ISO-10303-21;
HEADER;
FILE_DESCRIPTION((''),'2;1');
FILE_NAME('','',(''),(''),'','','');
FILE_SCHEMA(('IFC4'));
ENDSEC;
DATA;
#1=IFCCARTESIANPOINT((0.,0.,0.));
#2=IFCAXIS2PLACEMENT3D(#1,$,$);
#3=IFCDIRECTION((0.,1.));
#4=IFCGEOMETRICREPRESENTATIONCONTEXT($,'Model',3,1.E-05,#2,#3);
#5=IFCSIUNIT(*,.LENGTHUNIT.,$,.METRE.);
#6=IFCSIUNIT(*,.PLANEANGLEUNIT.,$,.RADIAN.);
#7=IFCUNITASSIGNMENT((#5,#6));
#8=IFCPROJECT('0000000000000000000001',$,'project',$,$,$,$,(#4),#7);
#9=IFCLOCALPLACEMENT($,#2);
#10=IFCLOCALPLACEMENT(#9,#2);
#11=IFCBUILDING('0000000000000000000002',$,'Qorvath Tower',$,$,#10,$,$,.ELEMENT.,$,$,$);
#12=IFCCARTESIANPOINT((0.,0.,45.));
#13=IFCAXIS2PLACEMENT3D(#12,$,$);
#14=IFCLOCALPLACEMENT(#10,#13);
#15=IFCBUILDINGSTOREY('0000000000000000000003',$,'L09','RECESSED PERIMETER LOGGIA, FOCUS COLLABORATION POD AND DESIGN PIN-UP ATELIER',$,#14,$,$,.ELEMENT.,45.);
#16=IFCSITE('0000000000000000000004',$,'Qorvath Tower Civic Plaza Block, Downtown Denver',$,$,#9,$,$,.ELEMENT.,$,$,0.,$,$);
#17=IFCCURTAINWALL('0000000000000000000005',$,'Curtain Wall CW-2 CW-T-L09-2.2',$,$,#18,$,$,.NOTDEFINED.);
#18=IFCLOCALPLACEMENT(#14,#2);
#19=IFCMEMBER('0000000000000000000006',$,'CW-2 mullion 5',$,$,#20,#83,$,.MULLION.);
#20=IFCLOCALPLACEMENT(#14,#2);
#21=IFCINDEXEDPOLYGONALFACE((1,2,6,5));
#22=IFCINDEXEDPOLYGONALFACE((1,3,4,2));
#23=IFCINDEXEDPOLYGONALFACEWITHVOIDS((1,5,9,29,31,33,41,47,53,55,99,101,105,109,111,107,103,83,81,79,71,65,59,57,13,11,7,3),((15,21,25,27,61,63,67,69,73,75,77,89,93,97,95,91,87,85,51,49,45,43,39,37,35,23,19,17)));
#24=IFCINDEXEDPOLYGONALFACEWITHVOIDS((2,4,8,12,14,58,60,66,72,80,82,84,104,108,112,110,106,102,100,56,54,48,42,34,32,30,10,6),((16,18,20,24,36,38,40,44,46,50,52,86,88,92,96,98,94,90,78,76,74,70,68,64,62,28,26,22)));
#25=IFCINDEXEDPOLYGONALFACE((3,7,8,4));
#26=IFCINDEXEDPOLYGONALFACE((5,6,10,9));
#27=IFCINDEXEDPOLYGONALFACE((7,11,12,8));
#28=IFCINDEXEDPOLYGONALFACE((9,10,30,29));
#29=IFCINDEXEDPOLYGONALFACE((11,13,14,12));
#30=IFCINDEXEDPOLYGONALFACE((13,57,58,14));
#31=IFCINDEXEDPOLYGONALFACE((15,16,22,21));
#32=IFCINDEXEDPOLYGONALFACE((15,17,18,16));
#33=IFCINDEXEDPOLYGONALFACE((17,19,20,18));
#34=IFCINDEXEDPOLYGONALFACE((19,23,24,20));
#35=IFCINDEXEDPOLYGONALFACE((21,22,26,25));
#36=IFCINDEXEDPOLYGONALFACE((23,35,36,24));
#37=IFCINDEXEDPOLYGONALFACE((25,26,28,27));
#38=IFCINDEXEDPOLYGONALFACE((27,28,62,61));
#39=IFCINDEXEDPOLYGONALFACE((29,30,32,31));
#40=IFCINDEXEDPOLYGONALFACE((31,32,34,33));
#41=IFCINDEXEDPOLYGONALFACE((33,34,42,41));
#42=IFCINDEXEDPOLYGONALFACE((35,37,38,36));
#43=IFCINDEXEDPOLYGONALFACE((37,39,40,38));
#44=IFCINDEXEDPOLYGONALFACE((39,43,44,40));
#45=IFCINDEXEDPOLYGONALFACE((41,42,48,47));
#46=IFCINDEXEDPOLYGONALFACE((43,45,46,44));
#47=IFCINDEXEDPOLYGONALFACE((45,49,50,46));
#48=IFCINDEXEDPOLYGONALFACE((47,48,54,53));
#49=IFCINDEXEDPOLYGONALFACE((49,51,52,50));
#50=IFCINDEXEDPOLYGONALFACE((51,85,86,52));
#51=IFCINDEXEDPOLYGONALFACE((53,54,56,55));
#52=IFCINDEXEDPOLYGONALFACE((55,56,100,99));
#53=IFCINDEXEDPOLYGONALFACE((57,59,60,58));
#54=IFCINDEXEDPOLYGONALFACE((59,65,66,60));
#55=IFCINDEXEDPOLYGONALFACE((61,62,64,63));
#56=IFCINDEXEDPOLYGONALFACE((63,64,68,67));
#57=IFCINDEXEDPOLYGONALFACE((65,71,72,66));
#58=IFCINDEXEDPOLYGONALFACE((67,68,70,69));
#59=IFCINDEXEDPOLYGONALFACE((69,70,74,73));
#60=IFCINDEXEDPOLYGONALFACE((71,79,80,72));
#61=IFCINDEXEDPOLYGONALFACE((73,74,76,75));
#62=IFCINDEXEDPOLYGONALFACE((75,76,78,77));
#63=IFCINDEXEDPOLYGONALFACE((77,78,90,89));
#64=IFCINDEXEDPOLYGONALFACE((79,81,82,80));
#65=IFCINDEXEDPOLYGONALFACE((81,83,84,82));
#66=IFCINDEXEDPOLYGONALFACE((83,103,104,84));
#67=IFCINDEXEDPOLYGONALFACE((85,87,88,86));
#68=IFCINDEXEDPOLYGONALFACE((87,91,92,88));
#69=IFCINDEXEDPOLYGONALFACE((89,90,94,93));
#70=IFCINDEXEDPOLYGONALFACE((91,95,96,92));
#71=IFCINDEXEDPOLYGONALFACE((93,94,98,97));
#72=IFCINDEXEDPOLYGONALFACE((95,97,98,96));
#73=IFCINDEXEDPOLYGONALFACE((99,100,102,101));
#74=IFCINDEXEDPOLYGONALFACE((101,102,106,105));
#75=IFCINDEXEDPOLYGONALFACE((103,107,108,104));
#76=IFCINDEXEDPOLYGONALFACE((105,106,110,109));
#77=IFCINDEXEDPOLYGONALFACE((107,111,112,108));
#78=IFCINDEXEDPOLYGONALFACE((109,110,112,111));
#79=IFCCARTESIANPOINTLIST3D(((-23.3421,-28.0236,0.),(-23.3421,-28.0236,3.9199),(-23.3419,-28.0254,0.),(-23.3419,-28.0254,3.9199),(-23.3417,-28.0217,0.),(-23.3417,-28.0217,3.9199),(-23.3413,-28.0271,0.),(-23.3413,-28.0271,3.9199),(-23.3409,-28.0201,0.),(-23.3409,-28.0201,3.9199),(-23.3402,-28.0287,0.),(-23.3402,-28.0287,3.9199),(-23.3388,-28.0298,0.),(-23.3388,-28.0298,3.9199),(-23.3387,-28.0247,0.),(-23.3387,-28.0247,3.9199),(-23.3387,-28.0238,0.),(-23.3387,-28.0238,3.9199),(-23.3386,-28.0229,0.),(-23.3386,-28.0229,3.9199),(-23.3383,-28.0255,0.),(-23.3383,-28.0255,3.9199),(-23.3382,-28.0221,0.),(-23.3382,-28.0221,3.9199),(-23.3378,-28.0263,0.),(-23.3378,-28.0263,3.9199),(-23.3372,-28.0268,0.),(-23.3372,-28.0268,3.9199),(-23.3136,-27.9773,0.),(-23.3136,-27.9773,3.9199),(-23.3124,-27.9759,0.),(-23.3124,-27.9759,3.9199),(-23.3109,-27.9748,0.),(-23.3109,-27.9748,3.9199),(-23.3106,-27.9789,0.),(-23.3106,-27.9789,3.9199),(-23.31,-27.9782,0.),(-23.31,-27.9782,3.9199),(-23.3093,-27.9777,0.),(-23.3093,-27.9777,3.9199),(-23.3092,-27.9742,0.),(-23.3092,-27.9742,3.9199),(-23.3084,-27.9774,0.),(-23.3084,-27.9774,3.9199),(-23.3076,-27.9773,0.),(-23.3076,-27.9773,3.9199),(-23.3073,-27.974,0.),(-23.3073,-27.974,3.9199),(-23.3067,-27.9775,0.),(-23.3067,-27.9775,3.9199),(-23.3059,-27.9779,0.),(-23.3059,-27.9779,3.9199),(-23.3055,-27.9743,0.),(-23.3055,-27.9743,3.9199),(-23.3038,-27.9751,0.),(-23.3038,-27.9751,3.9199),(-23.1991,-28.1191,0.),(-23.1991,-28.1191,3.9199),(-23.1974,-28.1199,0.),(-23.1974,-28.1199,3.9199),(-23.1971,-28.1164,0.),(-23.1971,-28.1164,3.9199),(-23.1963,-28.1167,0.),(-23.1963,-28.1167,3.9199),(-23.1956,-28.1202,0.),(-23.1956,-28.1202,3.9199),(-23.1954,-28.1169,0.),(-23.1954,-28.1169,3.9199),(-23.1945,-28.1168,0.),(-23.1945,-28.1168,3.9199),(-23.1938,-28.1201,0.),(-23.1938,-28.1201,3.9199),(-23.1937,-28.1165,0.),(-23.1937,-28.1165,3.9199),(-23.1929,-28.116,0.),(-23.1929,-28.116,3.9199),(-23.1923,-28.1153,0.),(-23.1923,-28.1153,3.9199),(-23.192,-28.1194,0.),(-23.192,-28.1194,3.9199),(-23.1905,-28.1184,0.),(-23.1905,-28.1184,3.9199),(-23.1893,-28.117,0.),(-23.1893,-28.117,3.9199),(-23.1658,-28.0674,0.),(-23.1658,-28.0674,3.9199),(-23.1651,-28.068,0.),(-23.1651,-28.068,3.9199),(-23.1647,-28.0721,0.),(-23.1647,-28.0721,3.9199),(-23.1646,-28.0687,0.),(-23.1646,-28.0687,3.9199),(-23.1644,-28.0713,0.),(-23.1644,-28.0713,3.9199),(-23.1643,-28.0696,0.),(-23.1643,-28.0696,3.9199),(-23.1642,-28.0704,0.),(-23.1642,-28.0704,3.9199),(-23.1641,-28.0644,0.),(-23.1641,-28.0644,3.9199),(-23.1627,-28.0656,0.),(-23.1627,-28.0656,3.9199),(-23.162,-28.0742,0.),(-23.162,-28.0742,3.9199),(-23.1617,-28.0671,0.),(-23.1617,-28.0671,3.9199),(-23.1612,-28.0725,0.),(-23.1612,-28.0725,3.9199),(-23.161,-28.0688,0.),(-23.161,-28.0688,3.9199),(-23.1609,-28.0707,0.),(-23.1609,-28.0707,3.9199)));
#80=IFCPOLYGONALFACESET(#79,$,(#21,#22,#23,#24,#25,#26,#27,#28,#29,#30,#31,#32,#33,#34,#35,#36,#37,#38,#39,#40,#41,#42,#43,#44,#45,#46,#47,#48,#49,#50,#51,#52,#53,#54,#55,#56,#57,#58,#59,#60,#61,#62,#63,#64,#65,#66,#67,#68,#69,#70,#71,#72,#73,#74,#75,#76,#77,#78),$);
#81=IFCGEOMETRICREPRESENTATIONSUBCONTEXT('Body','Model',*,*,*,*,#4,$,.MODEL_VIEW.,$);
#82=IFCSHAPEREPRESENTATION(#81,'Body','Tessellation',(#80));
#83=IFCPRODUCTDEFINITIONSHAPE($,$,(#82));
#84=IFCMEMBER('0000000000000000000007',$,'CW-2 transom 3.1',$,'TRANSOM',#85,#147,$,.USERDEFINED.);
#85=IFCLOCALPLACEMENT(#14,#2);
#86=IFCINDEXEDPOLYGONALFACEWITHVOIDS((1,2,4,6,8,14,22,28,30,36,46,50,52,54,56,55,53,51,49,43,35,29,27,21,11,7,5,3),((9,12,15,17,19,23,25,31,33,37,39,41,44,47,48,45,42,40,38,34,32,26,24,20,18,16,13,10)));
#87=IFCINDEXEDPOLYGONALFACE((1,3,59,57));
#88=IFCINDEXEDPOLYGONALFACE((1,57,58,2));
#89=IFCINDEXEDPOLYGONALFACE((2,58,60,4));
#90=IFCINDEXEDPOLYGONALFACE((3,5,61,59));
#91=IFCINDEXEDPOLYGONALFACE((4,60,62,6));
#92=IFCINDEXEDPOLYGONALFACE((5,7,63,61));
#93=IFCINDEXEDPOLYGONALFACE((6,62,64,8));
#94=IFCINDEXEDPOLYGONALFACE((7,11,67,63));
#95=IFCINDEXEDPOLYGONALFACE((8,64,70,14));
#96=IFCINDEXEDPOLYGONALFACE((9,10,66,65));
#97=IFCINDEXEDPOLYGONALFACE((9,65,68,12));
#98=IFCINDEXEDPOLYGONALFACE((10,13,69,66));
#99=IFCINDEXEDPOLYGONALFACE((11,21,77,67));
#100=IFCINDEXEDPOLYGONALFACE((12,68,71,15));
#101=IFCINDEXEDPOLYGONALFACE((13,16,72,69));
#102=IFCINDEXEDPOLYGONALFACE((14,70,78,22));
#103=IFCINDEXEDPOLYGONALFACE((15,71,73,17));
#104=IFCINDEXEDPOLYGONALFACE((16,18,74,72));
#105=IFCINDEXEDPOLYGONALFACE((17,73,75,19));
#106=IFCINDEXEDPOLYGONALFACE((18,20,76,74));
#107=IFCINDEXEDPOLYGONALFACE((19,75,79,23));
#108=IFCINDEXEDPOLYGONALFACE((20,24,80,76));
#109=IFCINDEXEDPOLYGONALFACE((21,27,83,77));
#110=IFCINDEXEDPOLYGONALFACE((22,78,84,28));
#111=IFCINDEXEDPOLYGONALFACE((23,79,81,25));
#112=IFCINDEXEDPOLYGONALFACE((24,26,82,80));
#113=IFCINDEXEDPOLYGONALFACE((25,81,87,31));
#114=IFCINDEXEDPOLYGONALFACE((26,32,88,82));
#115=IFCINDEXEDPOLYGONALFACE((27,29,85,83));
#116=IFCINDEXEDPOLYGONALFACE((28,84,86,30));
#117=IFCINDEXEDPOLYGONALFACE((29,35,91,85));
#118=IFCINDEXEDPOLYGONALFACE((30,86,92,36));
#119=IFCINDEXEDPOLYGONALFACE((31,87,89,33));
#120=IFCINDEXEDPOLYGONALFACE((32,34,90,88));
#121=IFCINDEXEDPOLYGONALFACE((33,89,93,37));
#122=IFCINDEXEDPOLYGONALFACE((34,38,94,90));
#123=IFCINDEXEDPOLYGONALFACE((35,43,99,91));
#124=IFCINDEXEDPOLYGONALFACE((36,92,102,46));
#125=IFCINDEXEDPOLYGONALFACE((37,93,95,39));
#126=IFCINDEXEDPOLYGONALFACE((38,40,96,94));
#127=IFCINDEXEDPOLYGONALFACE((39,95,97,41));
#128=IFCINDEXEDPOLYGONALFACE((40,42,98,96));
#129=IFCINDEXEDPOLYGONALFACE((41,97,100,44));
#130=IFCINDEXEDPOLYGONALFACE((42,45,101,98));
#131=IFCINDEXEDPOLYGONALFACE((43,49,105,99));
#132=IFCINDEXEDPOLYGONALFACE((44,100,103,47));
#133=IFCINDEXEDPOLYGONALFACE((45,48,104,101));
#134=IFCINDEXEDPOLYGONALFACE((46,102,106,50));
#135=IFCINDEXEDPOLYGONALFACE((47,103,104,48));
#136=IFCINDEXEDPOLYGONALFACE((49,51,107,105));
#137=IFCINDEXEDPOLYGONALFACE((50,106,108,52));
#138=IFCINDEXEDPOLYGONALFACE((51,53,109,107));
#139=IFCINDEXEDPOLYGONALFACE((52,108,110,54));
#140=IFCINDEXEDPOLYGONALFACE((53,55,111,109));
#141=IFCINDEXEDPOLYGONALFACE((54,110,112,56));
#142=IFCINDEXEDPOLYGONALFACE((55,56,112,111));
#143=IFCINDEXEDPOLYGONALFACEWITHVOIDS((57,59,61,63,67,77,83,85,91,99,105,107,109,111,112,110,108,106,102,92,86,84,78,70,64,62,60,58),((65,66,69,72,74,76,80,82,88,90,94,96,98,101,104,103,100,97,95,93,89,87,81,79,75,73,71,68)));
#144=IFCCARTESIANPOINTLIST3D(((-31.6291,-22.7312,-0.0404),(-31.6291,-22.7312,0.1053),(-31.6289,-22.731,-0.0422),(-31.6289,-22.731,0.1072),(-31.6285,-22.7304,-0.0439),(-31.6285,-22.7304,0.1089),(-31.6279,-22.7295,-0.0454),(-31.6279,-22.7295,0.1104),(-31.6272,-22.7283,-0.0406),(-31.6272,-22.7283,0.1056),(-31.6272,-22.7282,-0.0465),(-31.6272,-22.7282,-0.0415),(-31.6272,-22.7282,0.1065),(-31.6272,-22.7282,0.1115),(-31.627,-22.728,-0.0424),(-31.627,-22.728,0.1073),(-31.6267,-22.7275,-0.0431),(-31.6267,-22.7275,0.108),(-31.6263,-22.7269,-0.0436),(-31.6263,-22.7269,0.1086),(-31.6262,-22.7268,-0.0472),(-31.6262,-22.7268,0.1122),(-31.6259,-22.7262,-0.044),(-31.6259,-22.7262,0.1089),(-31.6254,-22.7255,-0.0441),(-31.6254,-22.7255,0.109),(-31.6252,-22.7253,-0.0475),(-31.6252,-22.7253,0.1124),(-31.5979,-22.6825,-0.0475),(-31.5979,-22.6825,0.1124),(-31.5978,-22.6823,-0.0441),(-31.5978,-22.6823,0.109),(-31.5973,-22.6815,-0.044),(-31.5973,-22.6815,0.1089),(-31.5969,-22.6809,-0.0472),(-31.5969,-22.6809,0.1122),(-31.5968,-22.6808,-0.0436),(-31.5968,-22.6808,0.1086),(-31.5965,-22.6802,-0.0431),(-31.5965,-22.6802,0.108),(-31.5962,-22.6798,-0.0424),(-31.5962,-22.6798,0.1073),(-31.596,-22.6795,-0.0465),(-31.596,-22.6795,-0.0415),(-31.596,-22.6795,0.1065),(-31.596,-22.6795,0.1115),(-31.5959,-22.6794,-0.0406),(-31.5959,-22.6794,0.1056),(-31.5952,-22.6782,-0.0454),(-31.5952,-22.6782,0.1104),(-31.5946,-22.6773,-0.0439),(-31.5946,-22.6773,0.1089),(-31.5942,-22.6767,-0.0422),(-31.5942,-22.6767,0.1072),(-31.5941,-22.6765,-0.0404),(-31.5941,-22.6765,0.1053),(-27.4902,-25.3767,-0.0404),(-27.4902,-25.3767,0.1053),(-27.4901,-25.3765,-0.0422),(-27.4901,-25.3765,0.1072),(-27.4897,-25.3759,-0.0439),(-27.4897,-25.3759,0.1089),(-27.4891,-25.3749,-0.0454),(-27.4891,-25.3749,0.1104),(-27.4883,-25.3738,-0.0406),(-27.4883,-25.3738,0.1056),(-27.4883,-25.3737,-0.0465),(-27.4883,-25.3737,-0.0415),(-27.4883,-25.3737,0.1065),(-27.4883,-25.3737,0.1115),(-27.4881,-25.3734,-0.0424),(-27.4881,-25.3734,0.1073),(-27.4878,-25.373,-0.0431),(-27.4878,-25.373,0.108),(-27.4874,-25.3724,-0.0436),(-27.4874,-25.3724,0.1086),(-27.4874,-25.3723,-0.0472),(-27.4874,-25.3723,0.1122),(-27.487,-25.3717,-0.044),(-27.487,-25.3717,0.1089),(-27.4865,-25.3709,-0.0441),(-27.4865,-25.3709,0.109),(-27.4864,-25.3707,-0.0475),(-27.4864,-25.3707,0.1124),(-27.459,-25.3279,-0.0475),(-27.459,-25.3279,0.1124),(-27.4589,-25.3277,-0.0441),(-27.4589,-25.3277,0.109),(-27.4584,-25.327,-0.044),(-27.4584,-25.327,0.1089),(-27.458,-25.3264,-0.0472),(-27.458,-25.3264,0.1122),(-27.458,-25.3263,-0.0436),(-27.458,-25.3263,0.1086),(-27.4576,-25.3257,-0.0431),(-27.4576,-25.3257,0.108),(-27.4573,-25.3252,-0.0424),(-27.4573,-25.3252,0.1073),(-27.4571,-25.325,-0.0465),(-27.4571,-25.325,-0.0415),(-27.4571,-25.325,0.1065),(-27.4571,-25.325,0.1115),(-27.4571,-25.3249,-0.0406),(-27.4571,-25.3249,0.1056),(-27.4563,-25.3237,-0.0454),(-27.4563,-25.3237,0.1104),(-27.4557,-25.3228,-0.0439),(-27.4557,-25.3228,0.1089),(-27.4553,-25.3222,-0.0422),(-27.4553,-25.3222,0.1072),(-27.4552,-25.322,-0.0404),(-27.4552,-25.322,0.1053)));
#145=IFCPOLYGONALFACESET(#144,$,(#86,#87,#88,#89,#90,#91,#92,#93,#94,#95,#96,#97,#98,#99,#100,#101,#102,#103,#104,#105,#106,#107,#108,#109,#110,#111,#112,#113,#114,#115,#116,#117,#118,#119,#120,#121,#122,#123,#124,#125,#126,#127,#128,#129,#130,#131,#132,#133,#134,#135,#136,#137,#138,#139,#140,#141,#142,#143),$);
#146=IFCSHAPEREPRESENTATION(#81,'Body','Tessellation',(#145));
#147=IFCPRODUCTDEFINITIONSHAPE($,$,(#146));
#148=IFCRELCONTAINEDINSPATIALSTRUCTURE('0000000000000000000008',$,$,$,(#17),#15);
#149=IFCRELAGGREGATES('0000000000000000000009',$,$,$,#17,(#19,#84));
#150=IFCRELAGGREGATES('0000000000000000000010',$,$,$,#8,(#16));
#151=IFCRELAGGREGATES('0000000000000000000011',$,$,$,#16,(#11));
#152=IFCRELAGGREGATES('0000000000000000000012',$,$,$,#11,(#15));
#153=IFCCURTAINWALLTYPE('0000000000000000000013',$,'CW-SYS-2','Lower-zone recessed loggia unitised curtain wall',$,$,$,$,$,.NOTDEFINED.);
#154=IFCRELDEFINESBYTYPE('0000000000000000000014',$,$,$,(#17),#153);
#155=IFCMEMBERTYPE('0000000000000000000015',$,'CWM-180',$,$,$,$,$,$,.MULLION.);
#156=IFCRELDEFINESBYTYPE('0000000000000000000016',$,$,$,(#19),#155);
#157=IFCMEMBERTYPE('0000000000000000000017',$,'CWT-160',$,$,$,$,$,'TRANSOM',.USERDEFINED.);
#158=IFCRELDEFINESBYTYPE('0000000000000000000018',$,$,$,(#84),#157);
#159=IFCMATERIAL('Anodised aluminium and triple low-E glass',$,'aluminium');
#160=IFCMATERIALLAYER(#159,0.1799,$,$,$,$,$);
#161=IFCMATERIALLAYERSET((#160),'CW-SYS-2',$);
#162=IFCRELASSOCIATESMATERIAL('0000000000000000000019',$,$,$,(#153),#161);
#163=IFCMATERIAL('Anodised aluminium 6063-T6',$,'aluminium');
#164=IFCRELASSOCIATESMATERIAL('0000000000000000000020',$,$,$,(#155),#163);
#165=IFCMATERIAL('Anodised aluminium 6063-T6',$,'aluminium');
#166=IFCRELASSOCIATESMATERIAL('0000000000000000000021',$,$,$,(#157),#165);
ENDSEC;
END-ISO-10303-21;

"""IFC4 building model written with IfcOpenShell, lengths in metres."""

from ifc_helpers import new_model, si_unit, direction, frame, origin, origin_2d, place, context, subcontext, project, spatial, hollow_rectangle, extrude, material, layer, layer_set, material_profile, profile_set, type_object, element, aggregate, save


model = new_model("IFC4")

# Units and contexts
model_context = context("Model", 3, precision=1e-05, world=origin(), true_north=direction((0.0, 1.0)))
body_context = subcontext(model_context, "Body", "Model", "MODEL_VIEW")
ifc_project = project(units=[si_unit("LENGTHUNIT", "METRE"), si_unit("PLANEANGLEUNIT", "RADIAN")], contexts=[model_context])

# Site, building, storey
site_placement = place(None, origin())
site = spatial("IfcSite", under=ifc_project, at=site_placement, Name="Qorvath Tower Civic Plaza Block, Downtown Denver", CompositionType="ELEMENT", RefElevation=0.0)
building_placement = place(site_placement, origin())
building = spatial("IfcBuilding", under=site, at=building_placement, Name="Qorvath Tower", CompositionType="ELEMENT")
storey_placement = place(building_placement, frame((0.0, 0.0, 45.0)))
storey = spatial("IfcBuildingStorey", under=building, at=storey_placement, Name="L09", Description="RECESSED PERIMETER LOGGIA, FOCUS COLLABORATION POD AND DESIGN PIN-UP ATELIER", CompositionType="ELEMENT", Elevation=45.0)

# Curtain wall, members
ifc_material_1 = material(Name="Anodised aluminium and triple low-E glass", Category="aluminium")
ifc_layer_1 = layer(ifc_material_1, 0.1799)
ifc_layer_set_1 = layer_set([ifc_layer_1], Name="CW-SYS-2")
curtain_wall_type = type_object("IfcCurtainWallType", Name="CW-SYS-2", Description="Lower-zone recessed loggia unitised curtain wall", PredefinedType="NOTDEFINED", material=ifc_layer_set_1)
curtain_wall_placement = place(storey_placement, origin())
curtain_wall = element("IfcCurtainWall", 1, at=curtain_wall_placement, inside=storey, type_object=curtain_wall_type, Name="Curtain Wall CW-2 CW-T-L09-2.2", PredefinedType="NOTDEFINED")
ifc_material_2 = material(Name="Anodised aluminium 6063-T6", Category="aluminium")
ifc_material_profile_1 = material_profile(ifc_material_2, hollow_rectangle(XDim=0.0649, YDim=0.1799, WallThickness=0.0034, InnerFilletRadius=0.0034, OuterFilletRadius=0.0071, at=origin_2d()), Name="CWM 180x65")
ifc_profile_set_1 = profile_set([ifc_material_profile_1], Name="Anodised aluminium 6063-T6")
member_type_1 = type_object("IfcMemberType", Name="CWM-180", PredefinedType="MULLION", material=ifc_profile_set_1)
member_1_placement = place(storey_placement, frame((-23.2515, -28.0471, 0.0), z_axis=(0.0, 0.0, 1.0), x_axis=(0.538537, 0.842602, 0.0)))
member_1 = element("IfcMember", 2, at=member_1_placement, type_object=member_type_1, Name="CW-2 mullion 5", PredefinedType="MULLION", context=body_context, shape_type="SweptSolid", body=[
    extrude(hollow_rectangle(XDim=0.0649, YDim=0.1799, WallThickness=0.0034, InnerFilletRadius=0.0034, OuterFilletRadius=0.0071, at=origin_2d()), origin(), (0.0, 0.0, 1.0), 3.9199),
])
ifc_material_3 = material(Name="Anodised aluminium 6063-T6", Category="aluminium")
ifc_material_profile_2 = material_profile(ifc_material_3, hollow_rectangle(XDim=0.0649, YDim=0.1599, WallThickness=0.0034, InnerFilletRadius=0.0034, OuterFilletRadius=0.0071, at=origin_2d()), Name="CWT 160x65")
ifc_profile_set_2 = profile_set([ifc_material_profile_2], Name="Anodised aluminium 6063-T6")
member_type_2 = type_object("IfcMemberType", Name="CWT-160", ElementType="TRANSOM", PredefinedType="USERDEFINED", material=ifc_profile_set_2)
member_2_placement = place(storey_placement, frame((-31.6116, -22.7039, 0.0325), z_axis=(0.842585, -0.538563, 0.0), x_axis=(0.538563, 0.842585, 0.0)))
member_2 = element("IfcMember", 3, at=member_2_placement, type_object=member_type_2, Name="CW-2 transom 3.1", ObjectType="TRANSOM", PredefinedType="USERDEFINED", context=body_context, shape_type="SweptSolid", body=[
    extrude(hollow_rectangle(XDim=0.0649, YDim=0.1599, WallThickness=0.0034, InnerFilletRadius=0.0034, OuterFilletRadius=0.0071, at=origin_2d()), origin(), (0.0, 0.0, 1.0), 4.9121),
])
aggregate(curtain_wall, [member_1, member_2])

save(model, "model.ifc")
